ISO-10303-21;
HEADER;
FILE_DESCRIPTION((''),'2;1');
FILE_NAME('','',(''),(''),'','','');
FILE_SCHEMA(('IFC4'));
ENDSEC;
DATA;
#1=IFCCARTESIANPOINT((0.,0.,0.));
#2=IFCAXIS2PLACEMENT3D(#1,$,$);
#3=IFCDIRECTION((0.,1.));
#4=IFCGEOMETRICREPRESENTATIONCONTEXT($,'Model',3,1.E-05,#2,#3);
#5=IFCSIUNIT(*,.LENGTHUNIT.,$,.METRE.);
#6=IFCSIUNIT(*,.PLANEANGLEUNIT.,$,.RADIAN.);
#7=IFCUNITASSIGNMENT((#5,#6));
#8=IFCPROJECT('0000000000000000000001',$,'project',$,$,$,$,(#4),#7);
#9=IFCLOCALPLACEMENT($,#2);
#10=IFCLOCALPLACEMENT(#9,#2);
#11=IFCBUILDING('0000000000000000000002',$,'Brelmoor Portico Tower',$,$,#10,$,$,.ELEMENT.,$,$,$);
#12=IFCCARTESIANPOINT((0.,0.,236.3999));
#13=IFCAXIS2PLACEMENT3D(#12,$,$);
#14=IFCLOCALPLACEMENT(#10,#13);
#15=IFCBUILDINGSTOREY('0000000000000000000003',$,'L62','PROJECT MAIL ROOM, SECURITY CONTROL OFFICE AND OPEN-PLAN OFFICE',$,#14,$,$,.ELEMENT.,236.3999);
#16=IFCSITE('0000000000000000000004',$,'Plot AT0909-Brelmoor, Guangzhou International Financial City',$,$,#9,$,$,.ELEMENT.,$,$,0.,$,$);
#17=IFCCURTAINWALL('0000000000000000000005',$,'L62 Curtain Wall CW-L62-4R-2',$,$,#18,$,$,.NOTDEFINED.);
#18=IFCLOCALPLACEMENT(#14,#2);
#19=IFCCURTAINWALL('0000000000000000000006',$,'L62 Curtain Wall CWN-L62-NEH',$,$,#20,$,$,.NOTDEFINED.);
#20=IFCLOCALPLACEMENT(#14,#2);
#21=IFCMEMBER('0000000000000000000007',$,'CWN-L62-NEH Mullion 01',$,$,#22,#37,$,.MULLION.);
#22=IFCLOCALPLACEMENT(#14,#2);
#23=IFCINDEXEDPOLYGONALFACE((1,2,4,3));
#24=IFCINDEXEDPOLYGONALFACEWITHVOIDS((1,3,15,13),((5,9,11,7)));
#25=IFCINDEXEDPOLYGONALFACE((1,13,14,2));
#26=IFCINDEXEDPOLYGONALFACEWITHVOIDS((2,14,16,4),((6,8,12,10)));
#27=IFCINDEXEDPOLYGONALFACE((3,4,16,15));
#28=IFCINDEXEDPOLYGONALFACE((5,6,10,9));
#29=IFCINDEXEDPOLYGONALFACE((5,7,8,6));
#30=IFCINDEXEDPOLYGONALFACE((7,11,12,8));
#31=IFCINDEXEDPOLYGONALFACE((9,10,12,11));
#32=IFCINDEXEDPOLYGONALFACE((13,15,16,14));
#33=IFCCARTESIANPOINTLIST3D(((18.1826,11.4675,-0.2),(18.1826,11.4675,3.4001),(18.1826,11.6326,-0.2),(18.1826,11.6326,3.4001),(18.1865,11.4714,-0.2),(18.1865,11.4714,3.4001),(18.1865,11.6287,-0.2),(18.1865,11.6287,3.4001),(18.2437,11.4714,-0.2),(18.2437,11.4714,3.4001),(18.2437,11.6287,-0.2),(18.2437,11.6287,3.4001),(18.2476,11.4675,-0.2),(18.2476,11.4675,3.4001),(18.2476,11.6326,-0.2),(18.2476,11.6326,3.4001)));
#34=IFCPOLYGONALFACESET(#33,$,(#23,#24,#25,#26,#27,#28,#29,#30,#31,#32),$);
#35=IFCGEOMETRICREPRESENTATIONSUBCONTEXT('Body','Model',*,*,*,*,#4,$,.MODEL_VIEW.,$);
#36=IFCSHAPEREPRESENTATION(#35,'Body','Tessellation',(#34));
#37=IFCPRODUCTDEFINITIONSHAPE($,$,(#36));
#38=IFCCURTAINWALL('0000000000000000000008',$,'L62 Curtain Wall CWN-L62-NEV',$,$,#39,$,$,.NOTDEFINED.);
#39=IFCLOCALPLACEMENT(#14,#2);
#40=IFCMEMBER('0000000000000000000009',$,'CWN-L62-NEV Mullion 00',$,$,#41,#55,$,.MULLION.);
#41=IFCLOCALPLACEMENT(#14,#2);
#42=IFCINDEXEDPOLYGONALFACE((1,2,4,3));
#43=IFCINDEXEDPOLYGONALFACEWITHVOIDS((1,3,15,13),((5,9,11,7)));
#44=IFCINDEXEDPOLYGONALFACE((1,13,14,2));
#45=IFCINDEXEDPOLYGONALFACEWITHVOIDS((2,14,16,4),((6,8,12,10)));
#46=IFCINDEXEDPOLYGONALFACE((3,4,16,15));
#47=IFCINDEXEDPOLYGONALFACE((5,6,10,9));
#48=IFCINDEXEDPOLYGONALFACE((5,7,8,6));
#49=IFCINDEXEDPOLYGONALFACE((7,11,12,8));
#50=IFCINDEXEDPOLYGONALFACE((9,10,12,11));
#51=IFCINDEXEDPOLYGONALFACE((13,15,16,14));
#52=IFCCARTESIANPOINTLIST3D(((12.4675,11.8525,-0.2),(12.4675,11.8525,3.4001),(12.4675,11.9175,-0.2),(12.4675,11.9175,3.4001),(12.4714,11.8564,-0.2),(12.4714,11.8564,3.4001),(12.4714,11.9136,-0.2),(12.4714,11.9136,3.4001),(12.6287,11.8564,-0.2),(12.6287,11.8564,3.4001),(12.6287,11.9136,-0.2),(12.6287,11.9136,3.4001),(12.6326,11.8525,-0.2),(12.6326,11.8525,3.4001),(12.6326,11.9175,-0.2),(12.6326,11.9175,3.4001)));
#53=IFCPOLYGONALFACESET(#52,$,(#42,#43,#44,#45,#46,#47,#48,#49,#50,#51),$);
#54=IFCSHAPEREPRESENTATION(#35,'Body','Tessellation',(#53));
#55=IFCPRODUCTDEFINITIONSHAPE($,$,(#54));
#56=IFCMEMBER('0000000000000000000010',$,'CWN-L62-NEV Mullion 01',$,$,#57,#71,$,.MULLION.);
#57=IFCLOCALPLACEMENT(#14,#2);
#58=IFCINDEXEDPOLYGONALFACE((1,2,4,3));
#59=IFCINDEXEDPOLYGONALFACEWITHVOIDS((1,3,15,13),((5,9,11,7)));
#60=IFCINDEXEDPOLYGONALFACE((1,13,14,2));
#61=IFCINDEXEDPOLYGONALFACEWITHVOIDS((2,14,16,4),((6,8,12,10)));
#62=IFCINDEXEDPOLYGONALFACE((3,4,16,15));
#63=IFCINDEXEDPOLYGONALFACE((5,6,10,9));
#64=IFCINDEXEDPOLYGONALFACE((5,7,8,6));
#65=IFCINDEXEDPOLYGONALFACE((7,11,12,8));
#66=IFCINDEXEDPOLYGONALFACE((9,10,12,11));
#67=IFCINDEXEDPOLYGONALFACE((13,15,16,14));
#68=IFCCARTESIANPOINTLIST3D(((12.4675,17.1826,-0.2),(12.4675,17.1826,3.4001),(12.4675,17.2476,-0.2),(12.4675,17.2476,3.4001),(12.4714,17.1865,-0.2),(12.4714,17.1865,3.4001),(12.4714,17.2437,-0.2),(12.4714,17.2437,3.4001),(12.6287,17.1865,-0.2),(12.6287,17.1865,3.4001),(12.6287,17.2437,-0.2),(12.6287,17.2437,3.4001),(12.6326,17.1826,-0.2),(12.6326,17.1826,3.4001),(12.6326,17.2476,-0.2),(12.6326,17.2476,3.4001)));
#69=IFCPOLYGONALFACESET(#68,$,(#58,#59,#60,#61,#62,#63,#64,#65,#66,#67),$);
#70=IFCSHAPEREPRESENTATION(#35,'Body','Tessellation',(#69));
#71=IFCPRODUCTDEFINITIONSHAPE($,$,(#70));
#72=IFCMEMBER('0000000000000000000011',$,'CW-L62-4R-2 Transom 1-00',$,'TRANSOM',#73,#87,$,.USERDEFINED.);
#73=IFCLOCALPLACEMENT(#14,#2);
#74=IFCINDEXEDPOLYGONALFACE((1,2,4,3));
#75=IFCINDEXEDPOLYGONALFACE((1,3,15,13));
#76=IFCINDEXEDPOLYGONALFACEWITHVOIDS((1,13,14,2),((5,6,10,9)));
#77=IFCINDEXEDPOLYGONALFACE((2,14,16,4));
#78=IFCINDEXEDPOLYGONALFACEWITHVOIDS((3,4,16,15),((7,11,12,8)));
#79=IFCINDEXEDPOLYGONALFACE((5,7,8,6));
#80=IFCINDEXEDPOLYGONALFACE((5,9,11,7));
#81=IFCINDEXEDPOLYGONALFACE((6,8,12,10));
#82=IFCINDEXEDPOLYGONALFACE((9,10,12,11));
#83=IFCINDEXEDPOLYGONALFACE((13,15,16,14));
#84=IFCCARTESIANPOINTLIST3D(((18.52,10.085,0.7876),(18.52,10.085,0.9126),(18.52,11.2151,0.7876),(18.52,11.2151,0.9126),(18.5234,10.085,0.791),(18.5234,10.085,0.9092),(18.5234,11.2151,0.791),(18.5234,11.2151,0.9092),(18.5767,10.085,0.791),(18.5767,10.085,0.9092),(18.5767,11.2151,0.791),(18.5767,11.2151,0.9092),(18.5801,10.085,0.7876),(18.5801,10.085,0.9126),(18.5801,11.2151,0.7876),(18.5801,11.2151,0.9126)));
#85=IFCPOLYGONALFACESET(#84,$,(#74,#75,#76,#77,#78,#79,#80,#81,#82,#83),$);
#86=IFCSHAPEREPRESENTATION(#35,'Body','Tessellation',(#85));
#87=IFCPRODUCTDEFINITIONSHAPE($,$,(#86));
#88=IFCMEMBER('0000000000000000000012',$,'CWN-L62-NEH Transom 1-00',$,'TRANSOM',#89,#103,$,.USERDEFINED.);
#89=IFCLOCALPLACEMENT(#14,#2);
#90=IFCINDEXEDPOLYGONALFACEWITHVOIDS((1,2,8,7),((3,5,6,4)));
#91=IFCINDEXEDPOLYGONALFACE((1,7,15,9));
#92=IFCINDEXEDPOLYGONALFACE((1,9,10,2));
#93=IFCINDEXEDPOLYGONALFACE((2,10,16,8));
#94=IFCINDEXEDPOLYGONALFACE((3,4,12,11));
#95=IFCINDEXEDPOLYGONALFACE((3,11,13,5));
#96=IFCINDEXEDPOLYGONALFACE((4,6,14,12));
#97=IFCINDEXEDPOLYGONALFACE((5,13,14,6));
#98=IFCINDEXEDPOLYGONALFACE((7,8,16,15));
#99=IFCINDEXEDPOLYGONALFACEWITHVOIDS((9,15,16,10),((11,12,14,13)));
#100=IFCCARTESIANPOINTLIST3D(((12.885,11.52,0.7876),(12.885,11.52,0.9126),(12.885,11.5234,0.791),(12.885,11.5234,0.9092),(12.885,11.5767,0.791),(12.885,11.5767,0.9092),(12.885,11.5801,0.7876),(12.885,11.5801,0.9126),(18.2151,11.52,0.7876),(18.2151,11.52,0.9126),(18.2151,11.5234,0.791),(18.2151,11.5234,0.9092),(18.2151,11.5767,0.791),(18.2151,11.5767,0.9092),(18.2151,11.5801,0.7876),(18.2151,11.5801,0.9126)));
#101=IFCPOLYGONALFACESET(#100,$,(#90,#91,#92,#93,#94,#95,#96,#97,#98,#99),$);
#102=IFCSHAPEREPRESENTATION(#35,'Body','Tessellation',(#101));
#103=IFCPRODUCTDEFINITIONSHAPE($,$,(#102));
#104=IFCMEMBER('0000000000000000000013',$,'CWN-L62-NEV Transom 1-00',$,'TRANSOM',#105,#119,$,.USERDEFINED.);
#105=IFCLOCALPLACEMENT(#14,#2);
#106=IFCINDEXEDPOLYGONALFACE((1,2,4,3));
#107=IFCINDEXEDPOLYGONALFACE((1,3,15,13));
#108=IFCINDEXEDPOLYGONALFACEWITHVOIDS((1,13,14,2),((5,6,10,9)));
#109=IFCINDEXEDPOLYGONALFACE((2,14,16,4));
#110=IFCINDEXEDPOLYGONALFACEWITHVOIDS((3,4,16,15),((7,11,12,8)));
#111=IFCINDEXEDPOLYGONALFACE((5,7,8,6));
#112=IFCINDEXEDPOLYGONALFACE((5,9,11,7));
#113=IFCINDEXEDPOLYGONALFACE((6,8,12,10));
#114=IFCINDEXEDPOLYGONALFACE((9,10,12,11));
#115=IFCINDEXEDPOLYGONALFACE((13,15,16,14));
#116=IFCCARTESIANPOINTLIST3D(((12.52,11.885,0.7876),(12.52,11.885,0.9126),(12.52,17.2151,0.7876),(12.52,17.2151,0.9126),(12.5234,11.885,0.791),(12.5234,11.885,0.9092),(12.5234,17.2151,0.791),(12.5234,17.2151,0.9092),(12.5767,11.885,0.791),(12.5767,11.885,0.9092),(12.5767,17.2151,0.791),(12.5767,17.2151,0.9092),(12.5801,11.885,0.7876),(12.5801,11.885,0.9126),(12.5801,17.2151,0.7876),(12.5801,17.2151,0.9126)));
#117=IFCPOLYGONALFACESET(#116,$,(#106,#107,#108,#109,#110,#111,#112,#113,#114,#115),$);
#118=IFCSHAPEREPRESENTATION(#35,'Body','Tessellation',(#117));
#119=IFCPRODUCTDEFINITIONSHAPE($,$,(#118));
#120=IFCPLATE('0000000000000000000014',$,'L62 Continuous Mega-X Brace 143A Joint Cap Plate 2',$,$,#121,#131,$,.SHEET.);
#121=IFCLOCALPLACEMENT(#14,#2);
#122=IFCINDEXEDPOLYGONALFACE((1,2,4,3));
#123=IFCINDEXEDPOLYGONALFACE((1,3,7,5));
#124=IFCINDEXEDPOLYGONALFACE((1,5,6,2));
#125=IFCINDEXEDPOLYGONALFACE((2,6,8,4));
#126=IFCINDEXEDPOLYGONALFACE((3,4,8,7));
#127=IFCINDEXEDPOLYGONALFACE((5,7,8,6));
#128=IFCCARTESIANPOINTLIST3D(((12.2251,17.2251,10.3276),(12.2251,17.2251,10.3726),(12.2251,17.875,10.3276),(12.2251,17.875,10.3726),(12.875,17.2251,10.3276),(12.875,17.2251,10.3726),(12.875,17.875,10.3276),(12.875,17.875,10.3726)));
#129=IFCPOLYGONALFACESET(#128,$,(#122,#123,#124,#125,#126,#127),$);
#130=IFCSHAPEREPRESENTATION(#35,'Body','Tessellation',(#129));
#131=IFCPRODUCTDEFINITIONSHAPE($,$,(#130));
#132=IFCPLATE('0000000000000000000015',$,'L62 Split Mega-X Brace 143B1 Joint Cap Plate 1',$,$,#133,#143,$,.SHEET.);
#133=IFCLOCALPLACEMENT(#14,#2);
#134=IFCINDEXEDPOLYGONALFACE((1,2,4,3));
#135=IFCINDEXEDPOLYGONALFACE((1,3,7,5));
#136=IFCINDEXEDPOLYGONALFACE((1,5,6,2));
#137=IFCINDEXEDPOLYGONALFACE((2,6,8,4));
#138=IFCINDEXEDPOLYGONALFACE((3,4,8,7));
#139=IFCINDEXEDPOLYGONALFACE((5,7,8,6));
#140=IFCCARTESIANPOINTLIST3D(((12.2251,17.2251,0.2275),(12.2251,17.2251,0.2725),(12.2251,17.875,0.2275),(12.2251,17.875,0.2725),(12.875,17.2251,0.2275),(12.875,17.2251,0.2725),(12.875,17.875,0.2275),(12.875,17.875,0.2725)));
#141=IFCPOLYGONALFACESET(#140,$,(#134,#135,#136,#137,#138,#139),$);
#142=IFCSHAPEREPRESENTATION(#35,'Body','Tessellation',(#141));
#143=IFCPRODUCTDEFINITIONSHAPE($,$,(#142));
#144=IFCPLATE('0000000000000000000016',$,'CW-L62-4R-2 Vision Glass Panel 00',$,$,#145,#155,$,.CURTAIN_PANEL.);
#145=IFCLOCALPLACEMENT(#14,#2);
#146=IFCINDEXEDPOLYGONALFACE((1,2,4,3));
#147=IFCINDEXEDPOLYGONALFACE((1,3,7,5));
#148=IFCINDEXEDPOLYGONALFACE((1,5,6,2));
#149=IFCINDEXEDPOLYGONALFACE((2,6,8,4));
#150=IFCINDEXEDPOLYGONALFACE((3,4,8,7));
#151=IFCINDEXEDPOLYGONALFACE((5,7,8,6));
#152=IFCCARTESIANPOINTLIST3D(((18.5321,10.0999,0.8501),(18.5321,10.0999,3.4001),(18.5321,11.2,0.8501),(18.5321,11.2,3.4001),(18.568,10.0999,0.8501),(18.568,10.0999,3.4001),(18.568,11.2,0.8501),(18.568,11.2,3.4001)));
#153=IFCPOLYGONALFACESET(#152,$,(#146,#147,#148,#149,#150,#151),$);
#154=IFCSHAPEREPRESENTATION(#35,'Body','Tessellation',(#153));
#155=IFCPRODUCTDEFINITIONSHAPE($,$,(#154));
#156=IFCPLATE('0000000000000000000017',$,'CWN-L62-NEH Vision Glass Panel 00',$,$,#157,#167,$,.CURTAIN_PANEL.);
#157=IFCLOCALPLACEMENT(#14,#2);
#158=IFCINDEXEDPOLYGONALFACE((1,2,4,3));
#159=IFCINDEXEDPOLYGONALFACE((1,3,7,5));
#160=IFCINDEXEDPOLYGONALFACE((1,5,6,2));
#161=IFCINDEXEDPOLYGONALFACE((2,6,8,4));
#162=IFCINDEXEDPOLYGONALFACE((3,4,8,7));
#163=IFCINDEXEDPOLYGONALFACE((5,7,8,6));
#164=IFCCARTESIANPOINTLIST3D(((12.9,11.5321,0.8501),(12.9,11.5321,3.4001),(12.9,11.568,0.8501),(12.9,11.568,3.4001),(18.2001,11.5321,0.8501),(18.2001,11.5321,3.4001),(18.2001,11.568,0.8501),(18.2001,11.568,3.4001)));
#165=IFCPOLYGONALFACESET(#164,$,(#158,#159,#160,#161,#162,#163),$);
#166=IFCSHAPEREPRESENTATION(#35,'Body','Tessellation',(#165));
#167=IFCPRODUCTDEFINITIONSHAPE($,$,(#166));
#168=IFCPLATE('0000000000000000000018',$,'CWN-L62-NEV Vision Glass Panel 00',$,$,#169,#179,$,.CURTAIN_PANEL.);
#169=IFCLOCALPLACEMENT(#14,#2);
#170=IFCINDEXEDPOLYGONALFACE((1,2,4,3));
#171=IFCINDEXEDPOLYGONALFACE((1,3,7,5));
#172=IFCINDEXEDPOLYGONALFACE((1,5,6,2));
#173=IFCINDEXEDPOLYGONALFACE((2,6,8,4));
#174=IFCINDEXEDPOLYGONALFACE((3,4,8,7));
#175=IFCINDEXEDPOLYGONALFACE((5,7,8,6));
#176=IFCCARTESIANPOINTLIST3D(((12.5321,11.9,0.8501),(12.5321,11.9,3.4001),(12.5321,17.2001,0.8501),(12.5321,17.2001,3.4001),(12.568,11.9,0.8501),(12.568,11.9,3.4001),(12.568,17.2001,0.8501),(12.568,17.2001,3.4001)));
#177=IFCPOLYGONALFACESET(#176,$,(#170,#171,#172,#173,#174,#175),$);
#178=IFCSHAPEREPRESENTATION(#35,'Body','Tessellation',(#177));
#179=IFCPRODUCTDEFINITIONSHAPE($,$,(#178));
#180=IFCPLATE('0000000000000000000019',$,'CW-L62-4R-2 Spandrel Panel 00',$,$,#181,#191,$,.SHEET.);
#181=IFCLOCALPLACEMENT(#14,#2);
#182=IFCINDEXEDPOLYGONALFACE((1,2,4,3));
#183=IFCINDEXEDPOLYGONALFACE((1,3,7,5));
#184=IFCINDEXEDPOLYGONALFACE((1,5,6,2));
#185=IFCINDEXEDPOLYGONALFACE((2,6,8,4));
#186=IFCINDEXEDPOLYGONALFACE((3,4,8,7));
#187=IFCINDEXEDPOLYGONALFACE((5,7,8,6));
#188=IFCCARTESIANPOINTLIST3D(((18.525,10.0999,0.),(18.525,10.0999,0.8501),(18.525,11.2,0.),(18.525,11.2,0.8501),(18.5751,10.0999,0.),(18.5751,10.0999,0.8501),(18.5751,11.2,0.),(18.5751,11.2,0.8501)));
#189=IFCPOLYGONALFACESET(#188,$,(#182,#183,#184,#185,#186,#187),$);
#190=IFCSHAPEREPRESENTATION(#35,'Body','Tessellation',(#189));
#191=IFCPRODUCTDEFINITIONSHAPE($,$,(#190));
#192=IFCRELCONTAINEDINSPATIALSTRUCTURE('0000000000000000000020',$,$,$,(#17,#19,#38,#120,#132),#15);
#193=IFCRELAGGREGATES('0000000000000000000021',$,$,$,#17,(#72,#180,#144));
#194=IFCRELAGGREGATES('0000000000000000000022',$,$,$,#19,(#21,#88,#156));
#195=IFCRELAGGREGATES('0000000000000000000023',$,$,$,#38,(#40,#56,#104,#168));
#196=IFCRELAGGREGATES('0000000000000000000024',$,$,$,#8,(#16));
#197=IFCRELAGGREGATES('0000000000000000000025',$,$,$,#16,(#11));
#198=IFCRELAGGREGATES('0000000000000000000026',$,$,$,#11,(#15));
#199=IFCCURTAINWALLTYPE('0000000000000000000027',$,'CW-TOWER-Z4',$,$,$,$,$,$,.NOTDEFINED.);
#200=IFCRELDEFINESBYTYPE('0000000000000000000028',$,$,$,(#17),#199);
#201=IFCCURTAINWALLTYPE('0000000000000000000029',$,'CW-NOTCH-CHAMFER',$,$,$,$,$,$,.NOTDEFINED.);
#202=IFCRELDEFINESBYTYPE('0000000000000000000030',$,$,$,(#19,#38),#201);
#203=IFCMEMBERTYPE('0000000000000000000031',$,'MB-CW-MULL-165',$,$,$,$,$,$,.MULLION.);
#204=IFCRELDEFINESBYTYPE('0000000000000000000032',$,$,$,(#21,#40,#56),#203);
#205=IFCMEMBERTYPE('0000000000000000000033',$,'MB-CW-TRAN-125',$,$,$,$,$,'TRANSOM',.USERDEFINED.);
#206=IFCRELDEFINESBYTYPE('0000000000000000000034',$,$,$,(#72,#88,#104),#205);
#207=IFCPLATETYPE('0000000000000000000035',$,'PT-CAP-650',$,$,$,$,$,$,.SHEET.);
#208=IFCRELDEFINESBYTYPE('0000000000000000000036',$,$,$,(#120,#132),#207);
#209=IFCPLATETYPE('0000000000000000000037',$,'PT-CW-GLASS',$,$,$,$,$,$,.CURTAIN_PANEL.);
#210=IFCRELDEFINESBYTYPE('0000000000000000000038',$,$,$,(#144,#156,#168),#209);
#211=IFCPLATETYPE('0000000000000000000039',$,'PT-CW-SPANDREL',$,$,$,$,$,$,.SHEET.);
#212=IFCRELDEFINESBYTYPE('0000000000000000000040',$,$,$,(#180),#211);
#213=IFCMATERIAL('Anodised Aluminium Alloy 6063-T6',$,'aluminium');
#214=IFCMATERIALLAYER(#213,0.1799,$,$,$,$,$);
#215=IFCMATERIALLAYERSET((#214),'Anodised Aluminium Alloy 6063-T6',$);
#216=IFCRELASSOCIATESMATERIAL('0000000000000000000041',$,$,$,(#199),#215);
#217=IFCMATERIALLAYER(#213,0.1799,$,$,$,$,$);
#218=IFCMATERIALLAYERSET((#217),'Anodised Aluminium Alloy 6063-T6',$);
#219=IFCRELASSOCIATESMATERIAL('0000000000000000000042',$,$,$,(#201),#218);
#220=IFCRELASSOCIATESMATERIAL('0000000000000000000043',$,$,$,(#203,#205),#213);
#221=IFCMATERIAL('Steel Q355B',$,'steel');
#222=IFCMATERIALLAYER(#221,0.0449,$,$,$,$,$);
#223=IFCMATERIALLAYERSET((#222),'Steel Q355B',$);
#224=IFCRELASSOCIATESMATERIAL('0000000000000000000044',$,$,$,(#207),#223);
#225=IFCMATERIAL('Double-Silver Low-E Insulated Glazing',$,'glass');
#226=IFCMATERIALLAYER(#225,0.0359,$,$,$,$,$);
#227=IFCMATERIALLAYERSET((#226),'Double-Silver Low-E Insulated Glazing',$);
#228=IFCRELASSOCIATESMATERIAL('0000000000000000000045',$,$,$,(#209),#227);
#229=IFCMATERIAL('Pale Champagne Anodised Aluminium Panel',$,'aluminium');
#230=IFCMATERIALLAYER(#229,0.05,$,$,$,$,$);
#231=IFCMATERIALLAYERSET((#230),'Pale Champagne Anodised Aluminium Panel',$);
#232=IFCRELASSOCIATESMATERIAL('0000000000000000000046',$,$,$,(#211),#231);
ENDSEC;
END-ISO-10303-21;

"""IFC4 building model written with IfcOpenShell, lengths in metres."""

from ifc_helpers import new_model, si_unit, direction, frame, origin, origin_2d, place, context, subcontext, project, spatial, rectangle, hollow_rectangle, extrude, material, layer, layer_set, material_profile, profile_set, type_object, element, aggregate, save


model = new_model("IFC4")

# Units and contexts
model_context = context("Model", 3, precision=1e-05, world=origin(), true_north=direction((0.0, 1.0)))
body_context = subcontext(model_context, "Body", "Model", "MODEL_VIEW")
ifc_project = project(units=[si_unit("LENGTHUNIT", "METRE"), si_unit("PLANEANGLEUNIT", "RADIAN")], contexts=[model_context])

# Site, building, storey
site_placement = place(None, origin())
site = spatial("IfcSite", under=ifc_project, at=site_placement, Name="Plot AT0909-Brelmoor, Guangzhou International Financial City", CompositionType="ELEMENT", RefElevation=0.0)
building_placement = place(site_placement, origin())
building = spatial("IfcBuilding", under=site, at=building_placement, Name="Brelmoor Portico Tower", CompositionType="ELEMENT")
storey_placement = place(building_placement, frame((0.0, 0.0, 236.3999)))
storey = spatial("IfcBuildingStorey", under=building, at=storey_placement, Name="L62", Description="PROJECT MAIL ROOM, SECURITY CONTROL OFFICE AND OPEN-PLAN OFFICE", CompositionType="ELEMENT", Elevation=236.3999)

# Shared definitions
ifc_material_1 = material(Name="Steel Q355B", Category="steel")

# Curtain walls, members
ifc_material_2 = material(Name="Anodised Aluminium Alloy 6063-T6", Category="aluminium")
ifc_layer_1 = layer(ifc_material_2, 0.1799)
ifc_layer_set_1 = layer_set([ifc_layer_1], Name="Anodised Aluminium Alloy 6063-T6")
curtain_wall_type_1 = type_object("IfcCurtainWallType", Name="CW-TOWER-Z4", PredefinedType="NOTDEFINED", material=ifc_layer_set_1)
curtain_wall_1_placement = place(storey_placement, origin())
curtain_wall_1 = element("IfcCurtainWall", 1, at=curtain_wall_1_placement, inside=storey, type_object=curtain_wall_type_1, Name="L62 Curtain Wall CW-L62-4R-2", PredefinedType="NOTDEFINED")
ifc_layer_2 = layer(ifc_material_2, 0.1799)
ifc_layer_set_2 = layer_set([ifc_layer_2], Name="Anodised Aluminium Alloy 6063-T6")
curtain_wall_type_2 = type_object("IfcCurtainWallType", Name="CW-NOTCH-CHAMFER", PredefinedType="NOTDEFINED", material=ifc_layer_set_2)
curtain_wall_2_placement = place(storey_placement, origin())
curtain_wall_2 = element("IfcCurtainWall", 2, at=curtain_wall_2_placement, inside=storey, type_object=curtain_wall_type_2, Name="L62 Curtain Wall CWN-L62-NEH", PredefinedType="NOTDEFINED")
ifc_material_profile_1 = material_profile(ifc_material_2, hollow_rectangle(XDim=0.0649, YDim=0.165, WallThickness=0.0039, at=origin_2d()), Name="ALU MULLION 65x165")
ifc_profile_set_1 = profile_set([ifc_material_profile_1], Name="Anodised Aluminium Alloy 6063-T6")
member_type_1 = type_object("IfcMemberType", Name="MB-CW-MULL-165", PredefinedType="MULLION", material=ifc_profile_set_1)
member_1_placement = place(storey_placement, frame((18.2151, 11.55, -0.2), z_axis=(0.0, 0.0, 1.0), x_axis=(1.0, 0.0, 0.0)))
member_1 = element("IfcMember", 3, at=member_1_placement, type_object=member_type_1, Name="CWN-L62-NEH Mullion 01", PredefinedType="MULLION", context=body_context, shape_type="SweptSolid", body=[
    extrude(hollow_rectangle(XDim=0.0649, YDim=0.165, WallThickness=0.0039, at=origin_2d()), origin(), (0.0, 0.0, 1.0), 3.6001),
])
curtain_wall_3_placement = place(storey_placement, origin())
curtain_wall_3 = element("IfcCurtainWall", 4, at=curtain_wall_3_placement, inside=storey, type_object=curtain_wall_type_2, Name="L62 Curtain Wall CWN-L62-NEV", PredefinedType="NOTDEFINED")
member_2_placement = place(storey_placement, frame((12.55, 11.885, -0.2), z_axis=(0.0, 0.0, 1.0), x_axis=(0.0, 1.0, 0.0)))
member_2 = element("IfcMember", 5, at=member_2_placement, type_object=member_type_1, Name="CWN-L62-NEV Mullion 00", PredefinedType="MULLION", context=body_context, shape_type="SweptSolid", body=[
    extrude(hollow_rectangle(XDim=0.0649, YDim=0.165, WallThickness=0.0039, at=origin_2d()), origin(), (0.0, 0.0, 1.0), 3.6001),
])
member_3_placement = place(storey_placement, frame((12.55, 17.2151, -0.2), z_axis=(0.0, 0.0, 1.0), x_axis=(0.0, 1.0, 0.0)))
member_3 = element("IfcMember", 6, at=member_3_placement, type_object=member_type_1, Name="CWN-L62-NEV Mullion 01", PredefinedType="MULLION", context=body_context, shape_type="SweptSolid", body=[
    extrude(hollow_rectangle(XDim=0.0649, YDim=0.165, WallThickness=0.0039, at=origin_2d()), origin(), (0.0, 0.0, 1.0), 3.6001),
])

# Members
ifc_material_profile_2 = material_profile(ifc_material_2, hollow_rectangle(XDim=0.0601, YDim=0.125, WallThickness=0.0034, at=origin_2d()), Name="ALU TRANSOM 60x125")
ifc_profile_set_2 = profile_set([ifc_material_profile_2], Name="Anodised Aluminium Alloy 6063-T6")
member_type_2 = type_object("IfcMemberType", Name="MB-CW-TRAN-125", ElementType="TRANSOM", PredefinedType="USERDEFINED", material=ifc_profile_set_2)
member_4_placement = place(storey_placement, frame((18.55, 10.085, 0.8501), z_axis=(0.0, 1.0, 0.0), x_axis=(-1.0, 0.0, 0.0)))
member_4 = element("IfcMember", 7, at=member_4_placement, type_object=member_type_2, Name="CW-L62-4R-2 Transom 1-00", ObjectType="TRANSOM", PredefinedType="USERDEFINED", context=body_context, shape_type="SweptSolid", body=[
    extrude(hollow_rectangle(XDim=0.0601, YDim=0.125, WallThickness=0.0034, at=origin_2d()), origin(), (0.0, 0.0, 1.0), 1.1301),
])
member_5_placement = place(storey_placement, frame((12.885, 11.55, 0.8501), z_axis=(1.0, 0.0, 0.0), x_axis=(0.0, 1.0, 0.0)))
member_5 = element("IfcMember", 8, at=member_5_placement, type_object=member_type_2, Name="CWN-L62-NEH Transom 1-00", ObjectType="TRANSOM", PredefinedType="USERDEFINED", context=body_context, shape_type="SweptSolid", body=[
    extrude(hollow_rectangle(XDim=0.0601, YDim=0.125, WallThickness=0.0034, at=origin_2d()), origin(), (0.0, 0.0, 1.0), 5.3301),
])
member_6_placement = place(storey_placement, frame((12.55, 11.885, 0.8501), z_axis=(0.0, 1.0, 0.0), x_axis=(-1.0, 0.0, 0.0)))
member_6 = element("IfcMember", 9, at=member_6_placement, type_object=member_type_2, Name="CWN-L62-NEV Transom 1-00", ObjectType="TRANSOM", PredefinedType="USERDEFINED", context=body_context, shape_type="SweptSolid", body=[
    extrude(hollow_rectangle(XDim=0.0601, YDim=0.125, WallThickness=0.0034, at=origin_2d()), origin(), (0.0, 0.0, 1.0), 5.3301),
])

# Plates
ifc_layer_3 = layer(ifc_material_1, 0.0449)
ifc_layer_set_3 = layer_set([ifc_layer_3], Name="Steel Q355B")
plate_type_1 = type_object("IfcPlateType", Name="PT-CAP-650", PredefinedType="SHEET", material=ifc_layer_set_3)
for number, where, z_axis, x_axis, name in (
    (10, (12.55, 17.55, 10.3276), (0.0, 0.0, 1.0), (1.0, 0.0, 0.0), "L62 Continuous Mega-X Brace 143A Joint Cap Plate 2"),
    (11, (12.55, 17.55, 0.2275), (0.0, 0.0, 1.0), (1.0, 0.0, 0.0), "L62 Split Mega-X Brace 143B1 Joint Cap Plate 1"),
):
    element("IfcPlate", number, at=place(storey_placement, frame(where, z_axis=z_axis, x_axis=x_axis)), inside=storey, type_object=plate_type_1, Name=name, PredefinedType="SHEET", context=body_context, shape_type="SweptSolid", body=[
        extrude(rectangle(XDim=0.6499, YDim=0.6499, at=origin_2d()), origin(), (0.0, 0.0, 1.0), 0.0449),
    ])

# Plates
ifc_material_3 = material(Name="Double-Silver Low-E Insulated Glazing", Category="glass")
ifc_layer_4 = layer(ifc_material_3, 0.0359)
ifc_layer_set_4 = layer_set([ifc_layer_4], Name="Double-Silver Low-E Insulated Glazing")
plate_type_2 = type_object("IfcPlateType", Name="PT-CW-GLASS", PredefinedType="CURTAIN_PANEL", material=ifc_layer_set_4)
plate_1_placement = place(storey_placement, frame((18.55, 10.6499, 0.8501), z_axis=(0.0, 0.0, 1.0), x_axis=(0.0, 1.0, 0.0)))
plate_1 = element("IfcPlate", 12, at=plate_1_placement, type_object=plate_type_2, Name="CW-L62-4R-2 Vision Glass Panel 00", PredefinedType="CURTAIN_PANEL", context=body_context, shape_type="SweptSolid", body=[
    extrude(rectangle(XDim=1.1001, YDim=0.0359, at=origin_2d()), origin(), (0.0, 0.0, 1.0), 2.55),
])
plate_2_placement = place(storey_placement, frame((15.55, 11.55, 0.8501), z_axis=(0.0, 0.0, 1.0), x_axis=(1.0, 0.0, 0.0)))
plate_2 = element("IfcPlate", 13, at=plate_2_placement, type_object=plate_type_2, Name="CWN-L62-NEH Vision Glass Panel 00", PredefinedType="CURTAIN_PANEL", context=body_context, shape_type="SweptSolid", body=[
    extrude(rectangle(XDim=5.3, YDim=0.0359, at=origin_2d()), origin(), (0.0, 0.0, 1.0), 2.55),
])
plate_3_placement = place(storey_placement, frame((12.55, 14.55, 0.8501), z_axis=(0.0, 0.0, 1.0), x_axis=(0.0, 1.0, 0.0)))
plate_3 = element("IfcPlate", 14, at=plate_3_placement, type_object=plate_type_2, Name="CWN-L62-NEV Vision Glass Panel 00", PredefinedType="CURTAIN_PANEL", context=body_context, shape_type="SweptSolid", body=[
    extrude(rectangle(XDim=5.3, YDim=0.0359, at=origin_2d()), origin(), (0.0, 0.0, 1.0), 2.55),
])
ifc_material_4 = material(Name="Pale Champagne Anodised Aluminium Panel", Category="aluminium")
ifc_layer_5 = layer(ifc_material_4, 0.05)
ifc_layer_set_5 = layer_set([ifc_layer_5], Name="Pale Champagne Anodised Aluminium Panel")
plate_type_3 = type_object("IfcPlateType", Name="PT-CW-SPANDREL", PredefinedType="SHEET", material=ifc_layer_set_5)
plate_4_placement = place(storey_placement, frame((18.55, 10.6499, 0.0), z_axis=(0.0, 0.0, 1.0), x_axis=(0.0, 1.0, 0.0)))
plate_4 = element("IfcPlate", 15, at=plate_4_placement, type_object=plate_type_3, Name="CW-L62-4R-2 Spandrel Panel 00", PredefinedType="SHEET", context=body_context, shape_type="SweptSolid", body=[
    extrude(rectangle(XDim=1.1001, YDim=0.05, at=origin_2d()), origin(), (0.0, 0.0, 1.0), 0.8501),
])
aggregate(curtain_wall_1, [member_4, plate_4, plate_1])
aggregate(curtain_wall_2, [member_1, member_5, plate_2])
aggregate(curtain_wall_3, [member_2, member_3, member_6, plate_3])

save(model, "model.ifc")
